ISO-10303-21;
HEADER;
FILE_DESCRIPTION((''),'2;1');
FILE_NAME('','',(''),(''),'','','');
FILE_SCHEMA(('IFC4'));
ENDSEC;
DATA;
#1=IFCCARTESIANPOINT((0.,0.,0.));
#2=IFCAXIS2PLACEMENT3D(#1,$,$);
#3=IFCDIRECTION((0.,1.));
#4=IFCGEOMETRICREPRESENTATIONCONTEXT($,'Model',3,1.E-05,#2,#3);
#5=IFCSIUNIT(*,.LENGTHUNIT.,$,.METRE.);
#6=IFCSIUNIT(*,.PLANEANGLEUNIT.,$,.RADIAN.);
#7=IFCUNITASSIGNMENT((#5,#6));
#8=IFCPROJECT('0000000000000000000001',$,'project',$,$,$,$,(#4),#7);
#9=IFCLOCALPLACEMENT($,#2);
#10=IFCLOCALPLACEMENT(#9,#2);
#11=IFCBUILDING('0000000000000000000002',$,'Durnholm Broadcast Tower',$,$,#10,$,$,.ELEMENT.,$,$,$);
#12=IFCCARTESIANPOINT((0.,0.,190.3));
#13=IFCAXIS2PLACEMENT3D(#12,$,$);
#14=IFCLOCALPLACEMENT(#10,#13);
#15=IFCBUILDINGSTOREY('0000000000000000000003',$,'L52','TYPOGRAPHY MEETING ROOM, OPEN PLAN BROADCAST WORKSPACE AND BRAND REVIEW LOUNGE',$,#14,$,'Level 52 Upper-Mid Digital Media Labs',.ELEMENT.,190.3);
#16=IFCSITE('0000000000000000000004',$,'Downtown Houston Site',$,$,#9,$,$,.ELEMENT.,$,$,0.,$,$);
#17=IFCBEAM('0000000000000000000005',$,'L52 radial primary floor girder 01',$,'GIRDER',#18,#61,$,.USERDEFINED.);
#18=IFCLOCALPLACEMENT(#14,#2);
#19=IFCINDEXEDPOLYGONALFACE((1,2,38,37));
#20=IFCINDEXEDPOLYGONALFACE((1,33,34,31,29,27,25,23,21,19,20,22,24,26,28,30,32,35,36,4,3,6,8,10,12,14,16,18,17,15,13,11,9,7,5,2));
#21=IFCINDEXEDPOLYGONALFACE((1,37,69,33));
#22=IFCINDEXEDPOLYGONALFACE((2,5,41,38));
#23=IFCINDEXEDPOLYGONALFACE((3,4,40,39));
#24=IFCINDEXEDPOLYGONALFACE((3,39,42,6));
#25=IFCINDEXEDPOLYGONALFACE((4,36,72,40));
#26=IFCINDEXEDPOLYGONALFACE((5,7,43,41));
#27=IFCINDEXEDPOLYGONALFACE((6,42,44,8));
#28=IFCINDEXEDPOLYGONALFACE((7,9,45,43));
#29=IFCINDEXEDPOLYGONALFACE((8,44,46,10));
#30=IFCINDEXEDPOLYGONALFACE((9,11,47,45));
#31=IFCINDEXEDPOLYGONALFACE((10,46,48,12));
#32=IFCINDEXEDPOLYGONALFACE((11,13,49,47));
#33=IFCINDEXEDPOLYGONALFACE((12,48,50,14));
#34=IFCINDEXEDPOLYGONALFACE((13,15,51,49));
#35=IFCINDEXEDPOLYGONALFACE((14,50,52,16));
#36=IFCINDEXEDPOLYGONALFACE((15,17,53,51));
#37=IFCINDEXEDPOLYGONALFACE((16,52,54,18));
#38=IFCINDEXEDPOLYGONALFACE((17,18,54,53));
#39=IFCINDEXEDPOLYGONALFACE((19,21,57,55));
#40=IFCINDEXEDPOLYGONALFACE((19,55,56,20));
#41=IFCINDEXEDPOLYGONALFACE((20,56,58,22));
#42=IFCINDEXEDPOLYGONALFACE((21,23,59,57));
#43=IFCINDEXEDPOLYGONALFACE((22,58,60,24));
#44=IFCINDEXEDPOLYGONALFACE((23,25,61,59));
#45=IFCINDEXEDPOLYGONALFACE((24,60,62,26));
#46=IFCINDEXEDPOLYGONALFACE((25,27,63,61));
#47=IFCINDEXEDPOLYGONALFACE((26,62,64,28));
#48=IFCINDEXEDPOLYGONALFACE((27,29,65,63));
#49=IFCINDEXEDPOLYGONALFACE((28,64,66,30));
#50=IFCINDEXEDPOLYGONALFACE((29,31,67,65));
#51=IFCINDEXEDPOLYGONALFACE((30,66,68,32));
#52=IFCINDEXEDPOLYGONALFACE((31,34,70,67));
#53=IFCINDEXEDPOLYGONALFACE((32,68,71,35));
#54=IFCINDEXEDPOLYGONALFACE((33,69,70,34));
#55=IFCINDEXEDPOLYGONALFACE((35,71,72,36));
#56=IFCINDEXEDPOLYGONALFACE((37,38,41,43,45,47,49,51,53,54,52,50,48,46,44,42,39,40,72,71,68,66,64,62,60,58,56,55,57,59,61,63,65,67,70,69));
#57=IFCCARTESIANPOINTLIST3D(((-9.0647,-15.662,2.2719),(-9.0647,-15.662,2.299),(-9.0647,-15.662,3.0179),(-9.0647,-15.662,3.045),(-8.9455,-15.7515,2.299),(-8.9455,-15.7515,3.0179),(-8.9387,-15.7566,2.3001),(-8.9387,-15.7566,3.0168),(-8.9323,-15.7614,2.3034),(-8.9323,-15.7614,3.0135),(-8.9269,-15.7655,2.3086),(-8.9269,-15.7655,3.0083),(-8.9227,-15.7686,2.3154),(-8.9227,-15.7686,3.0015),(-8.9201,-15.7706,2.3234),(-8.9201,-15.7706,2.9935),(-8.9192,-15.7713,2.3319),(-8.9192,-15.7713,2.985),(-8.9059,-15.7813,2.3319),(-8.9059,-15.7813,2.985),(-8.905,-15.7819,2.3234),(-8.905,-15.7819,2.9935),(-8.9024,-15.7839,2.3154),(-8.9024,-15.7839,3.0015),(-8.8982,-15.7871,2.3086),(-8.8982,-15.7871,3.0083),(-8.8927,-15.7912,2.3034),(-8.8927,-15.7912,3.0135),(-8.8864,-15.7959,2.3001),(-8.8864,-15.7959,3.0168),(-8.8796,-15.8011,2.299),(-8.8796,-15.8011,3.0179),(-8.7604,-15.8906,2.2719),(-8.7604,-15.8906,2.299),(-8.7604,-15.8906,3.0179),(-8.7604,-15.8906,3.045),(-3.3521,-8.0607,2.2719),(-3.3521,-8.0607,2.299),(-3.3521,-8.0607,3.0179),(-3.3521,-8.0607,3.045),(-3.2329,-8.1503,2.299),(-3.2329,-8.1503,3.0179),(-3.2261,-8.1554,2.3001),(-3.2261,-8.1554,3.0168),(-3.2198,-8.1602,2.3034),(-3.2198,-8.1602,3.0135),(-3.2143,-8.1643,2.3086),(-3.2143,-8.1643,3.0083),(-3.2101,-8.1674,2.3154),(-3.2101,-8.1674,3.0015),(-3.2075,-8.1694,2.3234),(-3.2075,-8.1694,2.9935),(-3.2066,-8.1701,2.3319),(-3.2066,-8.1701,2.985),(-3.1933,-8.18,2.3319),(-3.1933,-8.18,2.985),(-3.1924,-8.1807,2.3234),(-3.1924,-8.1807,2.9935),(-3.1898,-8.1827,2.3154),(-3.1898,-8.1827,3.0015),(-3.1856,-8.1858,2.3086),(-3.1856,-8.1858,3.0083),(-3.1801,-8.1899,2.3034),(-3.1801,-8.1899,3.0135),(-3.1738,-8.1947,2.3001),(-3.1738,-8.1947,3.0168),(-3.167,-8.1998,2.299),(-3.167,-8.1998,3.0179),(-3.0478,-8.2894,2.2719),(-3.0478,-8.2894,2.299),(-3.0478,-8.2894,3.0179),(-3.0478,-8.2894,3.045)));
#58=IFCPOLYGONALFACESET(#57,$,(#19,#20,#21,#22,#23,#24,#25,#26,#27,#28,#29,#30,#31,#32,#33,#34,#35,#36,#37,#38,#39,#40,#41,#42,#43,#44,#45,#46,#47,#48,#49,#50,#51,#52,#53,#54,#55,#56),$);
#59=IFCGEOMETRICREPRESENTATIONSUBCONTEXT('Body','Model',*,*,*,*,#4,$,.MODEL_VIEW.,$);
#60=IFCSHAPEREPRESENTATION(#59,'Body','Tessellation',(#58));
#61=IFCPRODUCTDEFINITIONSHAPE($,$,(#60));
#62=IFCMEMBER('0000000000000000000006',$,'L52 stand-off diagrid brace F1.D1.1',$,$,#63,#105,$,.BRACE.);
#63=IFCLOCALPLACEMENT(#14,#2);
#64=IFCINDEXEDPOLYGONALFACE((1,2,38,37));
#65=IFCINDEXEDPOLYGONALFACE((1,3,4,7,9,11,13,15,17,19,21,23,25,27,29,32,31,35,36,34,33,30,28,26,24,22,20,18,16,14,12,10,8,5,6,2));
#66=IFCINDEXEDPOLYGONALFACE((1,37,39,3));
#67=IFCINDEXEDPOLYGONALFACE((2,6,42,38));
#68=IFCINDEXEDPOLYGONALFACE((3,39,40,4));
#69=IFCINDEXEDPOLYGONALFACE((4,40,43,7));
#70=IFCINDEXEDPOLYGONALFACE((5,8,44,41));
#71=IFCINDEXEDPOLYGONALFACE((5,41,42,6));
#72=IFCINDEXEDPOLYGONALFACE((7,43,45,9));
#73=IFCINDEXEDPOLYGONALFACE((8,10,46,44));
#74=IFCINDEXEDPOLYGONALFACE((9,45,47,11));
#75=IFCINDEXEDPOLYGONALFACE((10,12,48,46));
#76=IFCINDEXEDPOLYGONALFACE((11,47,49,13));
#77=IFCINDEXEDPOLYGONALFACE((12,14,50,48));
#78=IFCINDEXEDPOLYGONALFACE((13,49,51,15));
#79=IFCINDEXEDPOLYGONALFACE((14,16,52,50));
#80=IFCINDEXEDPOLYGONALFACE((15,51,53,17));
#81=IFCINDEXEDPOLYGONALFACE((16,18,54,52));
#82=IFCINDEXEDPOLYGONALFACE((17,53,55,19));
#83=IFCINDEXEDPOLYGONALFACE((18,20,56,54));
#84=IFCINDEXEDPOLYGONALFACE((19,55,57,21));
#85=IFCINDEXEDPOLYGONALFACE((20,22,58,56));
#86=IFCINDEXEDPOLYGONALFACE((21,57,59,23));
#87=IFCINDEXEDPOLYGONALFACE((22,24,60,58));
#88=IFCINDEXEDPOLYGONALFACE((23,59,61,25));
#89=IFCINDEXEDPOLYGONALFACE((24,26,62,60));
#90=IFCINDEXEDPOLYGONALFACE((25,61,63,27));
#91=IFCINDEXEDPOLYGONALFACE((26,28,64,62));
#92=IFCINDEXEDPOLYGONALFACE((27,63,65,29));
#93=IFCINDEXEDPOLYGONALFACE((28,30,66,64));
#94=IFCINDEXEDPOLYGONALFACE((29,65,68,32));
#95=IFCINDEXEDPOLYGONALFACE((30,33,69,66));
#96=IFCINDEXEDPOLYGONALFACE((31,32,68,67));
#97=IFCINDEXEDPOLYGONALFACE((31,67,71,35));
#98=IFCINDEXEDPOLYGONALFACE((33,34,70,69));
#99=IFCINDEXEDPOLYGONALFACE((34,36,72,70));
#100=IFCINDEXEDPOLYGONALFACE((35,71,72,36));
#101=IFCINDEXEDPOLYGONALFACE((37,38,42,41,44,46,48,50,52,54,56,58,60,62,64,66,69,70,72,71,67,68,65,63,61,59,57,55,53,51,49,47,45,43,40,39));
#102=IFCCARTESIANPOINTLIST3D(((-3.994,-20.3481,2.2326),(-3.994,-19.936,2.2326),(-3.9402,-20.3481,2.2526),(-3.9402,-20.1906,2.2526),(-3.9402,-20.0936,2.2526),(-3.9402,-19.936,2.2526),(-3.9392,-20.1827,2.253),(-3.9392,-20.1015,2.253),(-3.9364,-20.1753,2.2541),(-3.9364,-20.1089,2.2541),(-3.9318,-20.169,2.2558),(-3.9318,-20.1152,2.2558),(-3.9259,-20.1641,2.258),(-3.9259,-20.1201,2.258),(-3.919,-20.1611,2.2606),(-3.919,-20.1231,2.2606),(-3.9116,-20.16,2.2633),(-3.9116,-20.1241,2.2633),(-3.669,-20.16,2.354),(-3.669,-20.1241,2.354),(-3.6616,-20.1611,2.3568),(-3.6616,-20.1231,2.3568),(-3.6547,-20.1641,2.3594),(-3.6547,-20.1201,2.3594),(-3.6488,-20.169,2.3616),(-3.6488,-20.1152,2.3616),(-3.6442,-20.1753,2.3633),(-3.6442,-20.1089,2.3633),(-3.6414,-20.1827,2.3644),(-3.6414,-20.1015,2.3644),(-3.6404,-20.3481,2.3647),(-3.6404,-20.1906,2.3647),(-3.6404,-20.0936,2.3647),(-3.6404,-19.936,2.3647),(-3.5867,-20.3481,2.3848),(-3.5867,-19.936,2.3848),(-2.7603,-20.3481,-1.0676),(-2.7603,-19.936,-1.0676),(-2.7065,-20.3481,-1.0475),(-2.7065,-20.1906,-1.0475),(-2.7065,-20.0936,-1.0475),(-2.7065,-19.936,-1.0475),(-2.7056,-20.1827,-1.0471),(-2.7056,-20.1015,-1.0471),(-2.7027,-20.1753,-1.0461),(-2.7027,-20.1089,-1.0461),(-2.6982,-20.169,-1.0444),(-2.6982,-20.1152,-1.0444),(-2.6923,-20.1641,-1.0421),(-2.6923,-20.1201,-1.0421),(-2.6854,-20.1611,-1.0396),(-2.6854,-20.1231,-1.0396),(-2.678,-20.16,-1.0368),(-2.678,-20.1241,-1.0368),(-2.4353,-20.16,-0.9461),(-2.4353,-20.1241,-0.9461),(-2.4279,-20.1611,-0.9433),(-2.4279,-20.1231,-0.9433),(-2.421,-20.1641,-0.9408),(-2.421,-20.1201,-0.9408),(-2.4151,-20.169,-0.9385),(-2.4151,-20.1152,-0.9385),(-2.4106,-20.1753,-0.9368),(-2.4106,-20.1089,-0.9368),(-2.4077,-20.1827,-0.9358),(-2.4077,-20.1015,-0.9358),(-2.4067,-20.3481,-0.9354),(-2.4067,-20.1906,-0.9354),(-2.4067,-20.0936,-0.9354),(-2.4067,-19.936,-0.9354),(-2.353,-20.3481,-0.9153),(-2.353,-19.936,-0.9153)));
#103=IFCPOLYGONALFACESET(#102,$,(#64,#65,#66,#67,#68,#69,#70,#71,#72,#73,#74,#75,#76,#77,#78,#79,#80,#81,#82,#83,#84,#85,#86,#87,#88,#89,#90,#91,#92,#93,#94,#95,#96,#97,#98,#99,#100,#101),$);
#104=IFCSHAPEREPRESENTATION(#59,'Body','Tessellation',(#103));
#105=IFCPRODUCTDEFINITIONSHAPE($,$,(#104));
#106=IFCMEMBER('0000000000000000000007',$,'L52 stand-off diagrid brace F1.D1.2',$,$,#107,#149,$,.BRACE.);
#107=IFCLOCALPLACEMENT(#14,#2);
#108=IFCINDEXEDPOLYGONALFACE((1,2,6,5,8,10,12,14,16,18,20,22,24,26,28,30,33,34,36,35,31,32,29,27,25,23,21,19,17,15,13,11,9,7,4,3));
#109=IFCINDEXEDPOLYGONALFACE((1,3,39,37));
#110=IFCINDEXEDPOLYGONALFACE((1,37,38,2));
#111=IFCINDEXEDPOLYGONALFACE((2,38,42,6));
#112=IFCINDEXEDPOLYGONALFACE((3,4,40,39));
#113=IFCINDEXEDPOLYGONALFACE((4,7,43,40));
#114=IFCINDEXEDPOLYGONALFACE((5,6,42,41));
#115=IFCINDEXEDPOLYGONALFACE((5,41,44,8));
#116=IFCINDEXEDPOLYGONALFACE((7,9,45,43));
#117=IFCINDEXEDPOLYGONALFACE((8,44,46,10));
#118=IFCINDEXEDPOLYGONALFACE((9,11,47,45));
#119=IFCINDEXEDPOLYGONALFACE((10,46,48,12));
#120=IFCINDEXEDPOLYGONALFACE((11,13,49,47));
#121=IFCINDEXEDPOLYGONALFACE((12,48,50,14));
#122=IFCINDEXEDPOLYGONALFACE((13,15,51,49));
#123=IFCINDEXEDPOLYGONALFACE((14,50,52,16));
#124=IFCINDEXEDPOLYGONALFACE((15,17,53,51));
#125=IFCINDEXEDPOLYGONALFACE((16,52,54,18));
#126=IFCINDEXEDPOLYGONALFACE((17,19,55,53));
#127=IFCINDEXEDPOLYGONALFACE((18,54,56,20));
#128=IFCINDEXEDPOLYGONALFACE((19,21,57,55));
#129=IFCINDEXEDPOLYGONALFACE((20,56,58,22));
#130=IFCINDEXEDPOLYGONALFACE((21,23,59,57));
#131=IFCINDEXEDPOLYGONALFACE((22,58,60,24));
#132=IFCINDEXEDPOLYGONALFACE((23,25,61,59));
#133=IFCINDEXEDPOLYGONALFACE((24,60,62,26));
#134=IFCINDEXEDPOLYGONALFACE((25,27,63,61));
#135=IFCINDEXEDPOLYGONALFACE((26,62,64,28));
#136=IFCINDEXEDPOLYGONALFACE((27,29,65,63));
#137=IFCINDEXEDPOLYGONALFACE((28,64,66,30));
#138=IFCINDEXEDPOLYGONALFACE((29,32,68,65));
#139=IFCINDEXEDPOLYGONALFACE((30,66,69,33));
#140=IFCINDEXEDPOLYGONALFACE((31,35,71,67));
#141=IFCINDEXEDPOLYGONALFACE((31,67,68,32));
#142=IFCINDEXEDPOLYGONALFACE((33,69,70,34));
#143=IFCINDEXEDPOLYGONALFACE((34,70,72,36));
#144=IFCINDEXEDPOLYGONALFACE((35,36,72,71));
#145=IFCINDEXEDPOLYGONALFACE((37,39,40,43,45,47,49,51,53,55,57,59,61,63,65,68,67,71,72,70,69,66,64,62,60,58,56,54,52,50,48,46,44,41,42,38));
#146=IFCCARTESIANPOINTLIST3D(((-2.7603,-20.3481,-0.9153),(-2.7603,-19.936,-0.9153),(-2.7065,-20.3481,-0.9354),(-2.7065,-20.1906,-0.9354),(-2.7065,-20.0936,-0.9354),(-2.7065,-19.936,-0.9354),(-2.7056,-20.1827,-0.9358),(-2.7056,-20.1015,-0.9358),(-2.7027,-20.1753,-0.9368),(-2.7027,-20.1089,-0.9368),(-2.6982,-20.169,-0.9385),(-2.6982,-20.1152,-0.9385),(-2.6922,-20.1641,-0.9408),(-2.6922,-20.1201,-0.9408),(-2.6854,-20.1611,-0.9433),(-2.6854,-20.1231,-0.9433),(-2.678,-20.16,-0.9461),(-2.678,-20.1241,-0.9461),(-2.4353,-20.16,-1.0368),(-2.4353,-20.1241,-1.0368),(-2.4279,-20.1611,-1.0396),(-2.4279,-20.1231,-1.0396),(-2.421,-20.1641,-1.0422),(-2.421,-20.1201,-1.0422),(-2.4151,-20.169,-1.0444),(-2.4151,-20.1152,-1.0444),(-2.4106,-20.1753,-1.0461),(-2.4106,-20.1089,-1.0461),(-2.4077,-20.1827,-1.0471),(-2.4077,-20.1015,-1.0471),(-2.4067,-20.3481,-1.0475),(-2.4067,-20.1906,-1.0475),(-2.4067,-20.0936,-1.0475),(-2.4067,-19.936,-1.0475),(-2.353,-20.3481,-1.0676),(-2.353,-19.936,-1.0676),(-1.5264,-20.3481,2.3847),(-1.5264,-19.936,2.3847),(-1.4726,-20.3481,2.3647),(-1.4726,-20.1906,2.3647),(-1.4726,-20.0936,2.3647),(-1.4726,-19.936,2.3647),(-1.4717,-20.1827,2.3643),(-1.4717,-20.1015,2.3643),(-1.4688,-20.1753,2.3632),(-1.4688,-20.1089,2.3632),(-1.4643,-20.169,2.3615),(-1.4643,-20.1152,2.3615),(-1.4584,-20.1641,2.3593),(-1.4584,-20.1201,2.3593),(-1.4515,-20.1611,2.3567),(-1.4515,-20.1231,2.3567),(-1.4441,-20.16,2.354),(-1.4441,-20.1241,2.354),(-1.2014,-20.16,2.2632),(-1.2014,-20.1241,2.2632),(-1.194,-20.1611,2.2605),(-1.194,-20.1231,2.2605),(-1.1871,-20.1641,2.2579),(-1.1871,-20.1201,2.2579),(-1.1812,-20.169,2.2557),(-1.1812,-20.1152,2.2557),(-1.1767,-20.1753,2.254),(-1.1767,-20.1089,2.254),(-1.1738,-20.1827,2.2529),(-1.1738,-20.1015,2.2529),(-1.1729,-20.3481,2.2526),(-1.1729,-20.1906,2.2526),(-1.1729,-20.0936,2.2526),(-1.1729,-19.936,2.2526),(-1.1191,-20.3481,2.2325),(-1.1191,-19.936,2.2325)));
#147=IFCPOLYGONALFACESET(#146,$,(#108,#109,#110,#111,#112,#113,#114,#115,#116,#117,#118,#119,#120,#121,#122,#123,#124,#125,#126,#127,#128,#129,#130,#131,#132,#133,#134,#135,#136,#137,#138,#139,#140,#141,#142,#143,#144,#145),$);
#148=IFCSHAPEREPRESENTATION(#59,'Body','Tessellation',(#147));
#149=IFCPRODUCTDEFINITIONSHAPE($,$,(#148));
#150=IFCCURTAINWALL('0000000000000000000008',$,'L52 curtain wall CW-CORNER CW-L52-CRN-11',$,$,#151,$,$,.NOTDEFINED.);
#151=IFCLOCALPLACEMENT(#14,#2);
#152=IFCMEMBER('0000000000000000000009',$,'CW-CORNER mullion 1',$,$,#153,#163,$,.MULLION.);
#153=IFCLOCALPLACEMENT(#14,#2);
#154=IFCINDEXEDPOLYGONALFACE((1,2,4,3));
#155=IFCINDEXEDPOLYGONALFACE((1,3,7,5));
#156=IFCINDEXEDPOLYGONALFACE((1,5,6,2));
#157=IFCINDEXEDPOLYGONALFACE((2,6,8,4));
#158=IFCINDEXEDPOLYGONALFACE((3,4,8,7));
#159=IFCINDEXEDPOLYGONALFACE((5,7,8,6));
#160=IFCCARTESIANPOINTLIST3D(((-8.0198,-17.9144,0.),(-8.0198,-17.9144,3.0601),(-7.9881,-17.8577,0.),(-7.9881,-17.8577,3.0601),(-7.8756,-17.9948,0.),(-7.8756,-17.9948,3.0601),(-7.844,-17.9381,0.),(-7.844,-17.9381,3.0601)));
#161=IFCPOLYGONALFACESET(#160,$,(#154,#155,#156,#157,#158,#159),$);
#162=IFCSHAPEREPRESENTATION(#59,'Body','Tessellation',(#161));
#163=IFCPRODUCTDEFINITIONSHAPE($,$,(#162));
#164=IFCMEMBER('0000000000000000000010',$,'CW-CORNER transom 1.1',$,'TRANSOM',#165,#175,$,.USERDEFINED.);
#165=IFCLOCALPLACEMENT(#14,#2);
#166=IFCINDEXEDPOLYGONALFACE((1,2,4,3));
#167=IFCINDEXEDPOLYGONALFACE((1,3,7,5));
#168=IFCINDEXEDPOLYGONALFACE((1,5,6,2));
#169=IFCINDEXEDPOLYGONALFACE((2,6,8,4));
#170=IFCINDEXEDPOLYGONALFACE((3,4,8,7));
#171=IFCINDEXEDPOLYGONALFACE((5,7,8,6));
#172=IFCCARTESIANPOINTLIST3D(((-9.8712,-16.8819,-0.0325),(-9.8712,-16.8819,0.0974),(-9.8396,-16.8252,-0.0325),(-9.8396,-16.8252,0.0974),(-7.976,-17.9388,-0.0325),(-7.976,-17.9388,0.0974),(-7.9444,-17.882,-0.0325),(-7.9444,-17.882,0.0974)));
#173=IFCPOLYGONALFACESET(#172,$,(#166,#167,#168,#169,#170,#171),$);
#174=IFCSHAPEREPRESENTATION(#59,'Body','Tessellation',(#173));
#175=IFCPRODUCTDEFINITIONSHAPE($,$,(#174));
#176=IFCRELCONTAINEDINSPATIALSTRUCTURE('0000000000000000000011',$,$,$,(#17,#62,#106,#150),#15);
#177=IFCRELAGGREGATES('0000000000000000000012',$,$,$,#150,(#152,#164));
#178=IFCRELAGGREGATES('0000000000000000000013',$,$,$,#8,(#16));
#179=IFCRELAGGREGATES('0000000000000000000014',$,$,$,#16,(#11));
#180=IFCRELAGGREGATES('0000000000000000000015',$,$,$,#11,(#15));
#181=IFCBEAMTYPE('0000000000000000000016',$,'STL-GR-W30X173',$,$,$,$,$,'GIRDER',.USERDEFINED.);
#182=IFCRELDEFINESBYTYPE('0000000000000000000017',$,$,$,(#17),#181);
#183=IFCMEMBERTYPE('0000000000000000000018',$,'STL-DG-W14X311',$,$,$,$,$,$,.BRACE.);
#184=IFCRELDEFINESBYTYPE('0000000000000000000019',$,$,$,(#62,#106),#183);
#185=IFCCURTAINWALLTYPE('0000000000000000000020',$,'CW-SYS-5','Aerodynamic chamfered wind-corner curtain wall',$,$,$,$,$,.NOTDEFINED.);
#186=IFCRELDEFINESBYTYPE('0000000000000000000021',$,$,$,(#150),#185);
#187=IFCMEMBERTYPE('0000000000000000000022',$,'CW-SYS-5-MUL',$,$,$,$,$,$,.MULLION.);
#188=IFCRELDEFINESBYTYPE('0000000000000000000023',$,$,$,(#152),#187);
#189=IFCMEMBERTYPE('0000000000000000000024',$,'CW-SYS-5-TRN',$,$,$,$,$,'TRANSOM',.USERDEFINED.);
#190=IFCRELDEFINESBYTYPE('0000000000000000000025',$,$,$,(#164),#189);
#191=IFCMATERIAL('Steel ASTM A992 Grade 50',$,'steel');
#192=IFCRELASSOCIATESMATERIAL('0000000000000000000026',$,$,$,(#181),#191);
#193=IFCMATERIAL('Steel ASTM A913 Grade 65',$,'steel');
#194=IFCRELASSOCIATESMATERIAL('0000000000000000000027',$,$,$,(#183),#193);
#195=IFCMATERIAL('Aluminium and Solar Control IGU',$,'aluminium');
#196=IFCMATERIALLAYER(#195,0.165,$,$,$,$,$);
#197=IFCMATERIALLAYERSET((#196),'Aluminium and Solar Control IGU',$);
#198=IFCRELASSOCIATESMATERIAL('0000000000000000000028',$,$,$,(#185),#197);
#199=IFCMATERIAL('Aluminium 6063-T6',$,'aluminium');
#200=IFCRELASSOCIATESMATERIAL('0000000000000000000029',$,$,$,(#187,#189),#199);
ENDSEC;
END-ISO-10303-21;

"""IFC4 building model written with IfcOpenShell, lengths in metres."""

from ifc_helpers import new_model, si_unit, direction, frame, origin, origin_2d, place, context, subcontext, project, spatial, rectangle, i_section, extrude, source, transform, mapped, material, layer, layer_set, material_profile, profile_set, type_object, type_shapes, element, aggregate, save


model = new_model("IFC4")

# Units and contexts
model_context = context("Model", 3, precision=1e-05, world=origin(), true_north=direction((0.0, 1.0)))
body_context = subcontext(model_context, "Body", "Model", "MODEL_VIEW")
ifc_project = project(units=[si_unit("LENGTHUNIT", "METRE"), si_unit("PLANEANGLEUNIT", "RADIAN")], contexts=[model_context])

# Site, building, storey
site_placement = place(None, origin())
site = spatial("IfcSite", under=ifc_project, at=site_placement, Name="Downtown Houston Site", CompositionType="ELEMENT", RefElevation=0.0)
building_placement = place(site_placement, origin())
building = spatial("IfcBuilding", under=site, at=building_placement, Name="Durnholm Broadcast Tower", CompositionType="ELEMENT")
storey_placement = place(building_placement, frame((0.0, 0.0, 190.3)))
storey = spatial("IfcBuildingStorey", under=building, at=storey_placement, Name="L52", Description="TYPOGRAPHY MEETING ROOM, OPEN PLAN BROADCAST WORKSPACE AND BRAND REVIEW LOUNGE", LongName="Level 52 Upper-Mid Digital Media Labs", CompositionType="ELEMENT", Elevation=190.3)

# Beam
ifc_material_1 = material(Name="Steel ASTM A992 Grade 50", Category="steel")
ifc_material_profile_1 = material_profile(ifc_material_1, i_section(OverallWidth=0.3806, OverallDepth=0.7732, WebThickness=0.0166, FlangeThickness=0.0271, FilletRadius=0.033, at=origin_2d()), Name="W30X173")
ifc_profile_set_1 = profile_set([ifc_material_profile_1], Name="Steel ASTM A992 Grade 50")
beam_type_1 = type_object("IfcBeamType", Name="STL-GR-W30X173", ElementType="GIRDER", PredefinedType="USERDEFINED", material=ifc_profile_set_1)
shared_shape_1 = source(origin(), body_context, "Body", "SweptSolid", [
    extrude(i_section(OverallWidth=0.3806, OverallDepth=0.7732, WebThickness=0.0166, FlangeThickness=0.0271, FilletRadius=0.033, at=origin_2d()), origin(), (0.0, 0.0, 1.0), 9.5085),
])
type_shapes(beam_type_1, [shared_shape_1])
beam_1_placement = place(storey_placement, frame((-3.2, -8.175, 2.6584), z_axis=(-0.600784, -0.799411, 0.0), x_axis=(0.799411, -0.600784, 0.0)))
element("IfcBeam", 1, at=beam_1_placement, inside=storey, type_object=beam_type_1, Name="L52 radial primary floor girder 01", ObjectType="GIRDER", PredefinedType="USERDEFINED", context=body_context, shape_type="MappedRepresentation", body=[
    mapped(shared_shape_1, transform((0.0, 0.0, 0.0), x_axis=(1.0, 0.0, 0.0), y_axis=(0.0, 1.0, 0.0), z_axis=(0.0, 0.0, 1.0), scale=1.0)),
])

# Members
ifc_material_2 = material(Name="Steel ASTM A913 Grade 65", Category="steel")
ifc_material_profile_2 = material_profile(ifc_material_2, i_section(OverallWidth=0.4121, OverallDepth=0.4348, WebThickness=0.0359, FlangeThickness=0.0574, FilletRadius=0.0305, at=origin_2d()), Name="W14X311")
ifc_profile_set_2 = profile_set([ifc_material_profile_2], Name="Steel ASTM A913 Grade 65")
member_type_1 = type_object("IfcMemberType", Name="STL-DG-W14X311", PredefinedType="BRACE", material=ifc_profile_set_2)
shared_shape_2 = source(origin(), body_context, "Body", "SweptSolid", [
    extrude(i_section(OverallWidth=0.4121, OverallDepth=0.4348, WebThickness=0.0359, FlangeThickness=0.0574, FilletRadius=0.0305, at=origin_2d()), origin(), (0.0, 0.0, 1.0), 3.5232),
])
type_shapes(member_type_1, [shared_shape_2])
for number, where, z_axis, x_axis, name in (
    (2, (-2.5566, -20.1421, -0.9915), (-0.350159, 0.0, 0.93669), (0.0, -1.0, 0.0), "L52 stand-off diagrid brace F1.D1.1"),
    (3, (-2.5566, -20.1421, -0.9915), (0.35022, 0.0, 0.936668), (0.0, 1.0, 0.0), "L52 stand-off diagrid brace F1.D1.2"),
):
    element("IfcMember", number, at=place(storey_placement, frame(where, z_axis=z_axis, x_axis=x_axis)), inside=storey, type_object=member_type_1, Name=name, PredefinedType="BRACE", context=body_context, shape_type="MappedRepresentation", body=[
        mapped(shared_shape_2, transform((0.0, 0.0, 0.0), x_axis=(1.0, 0.0, 0.0), y_axis=(0.0, 1.0, 0.0), z_axis=(0.0, 0.0, 1.0), scale=1.0)),
    ])

# Curtain wall, members
ifc_material_3 = material(Name="Aluminium and Solar Control IGU", Category="aluminium")
ifc_layer_1 = layer(ifc_material_3, 0.165)
ifc_layer_set_1 = layer_set([ifc_layer_1], Name="Aluminium and Solar Control IGU")
curtain_wall_type_1 = type_object("IfcCurtainWallType", Name="CW-SYS-5", Description="Aerodynamic chamfered wind-corner curtain wall", PredefinedType="NOTDEFINED", material=ifc_layer_set_1)
curtain_wall_1_placement = place(storey_placement, origin())
curtain_wall_1 = element("IfcCurtainWall", 4, at=curtain_wall_1_placement, inside=storey, type_object=curtain_wall_type_1, Name="L52 curtain wall CW-CORNER CW-L52-CRN-11", PredefinedType="NOTDEFINED")
ifc_material_4 = material(Name="Aluminium 6063-T6", Category="aluminium")
ifc_material_profile_3 = material_profile(ifc_material_4, rectangle(XDim=0.0649, YDim=0.165, at=origin_2d()), Name="CWM65X165")
ifc_profile_set_3 = profile_set([ifc_material_profile_3], Name="Aluminium 6063-T6")
member_type_2 = type_object("IfcMemberType", Name="CW-SYS-5-MUL", PredefinedType="MULLION", material=ifc_profile_set_3)
shared_shape_3 = source(origin(), body_context, "Body", "SweptSolid", [
    extrude(rectangle(XDim=0.0649, YDim=0.165, at=origin_2d()), origin(), (0.0, 0.0, 1.0), 3.0601),
])
type_shapes(member_type_2, [shared_shape_3])
member_1_placement = place(storey_placement, frame((-7.9319, -17.9263, 0.0), z_axis=(0.0, 0.0, 1.0), x_axis=(-0.486986, -0.87341, 0.0)))
member_1 = element("IfcMember", 5, at=member_1_placement, type_object=member_type_2, Name="CW-CORNER mullion 1", PredefinedType="MULLION", context=body_context, shape_type="MappedRepresentation", body=[
    mapped(shared_shape_3, transform((0.0, 0.0, 0.0), x_axis=(1.0, 0.0, 0.0), y_axis=(0.0, 1.0, 0.0), z_axis=(0.0, 0.0, 1.0), scale=1.0)),
])
ifc_material_profile_4 = material_profile(ifc_material_4, rectangle(XDim=0.0649, YDim=0.1299, at=origin_2d()), Name="CWT65X130")
ifc_profile_set_4 = profile_set([ifc_material_profile_4], Name="Aluminium 6063-T6")
member_type_3 = type_object("IfcMemberType", Name="CW-SYS-5-TRN", ElementType="TRANSOM", PredefinedType="USERDEFINED", material=ifc_profile_set_4)
shared_shape_4 = source(origin(), body_context, "Body", "SweptSolid", [
    extrude(rectangle(XDim=0.0649, YDim=0.1299, at=origin_2d()), origin(), (0.0, 0.0, 1.0), 2.1699),
])
type_shapes(member_type_3, [shared_shape_4])
member_2_placement = place(storey_placement, frame((-7.9602, -17.9104, 0.0325), z_axis=(-0.873381, 0.487037, 0.0), x_axis=(-0.487037, -0.873381, 0.0)))
member_2 = element("IfcMember", 6, at=member_2_placement, type_object=member_type_3, Name="CW-CORNER transom 1.1", ObjectType="TRANSOM", PredefinedType="USERDEFINED", context=body_context, shape_type="MappedRepresentation", body=[
    mapped(shared_shape_4, transform((0.0, 0.0, 0.0), x_axis=(1.0, 0.0, 0.0), y_axis=(0.0, 1.0, 0.0), z_axis=(0.0, 0.0, 1.0), scale=1.0)),
])
aggregate(curtain_wall_1, [member_1, member_2])

save(model, "model.ifc")
